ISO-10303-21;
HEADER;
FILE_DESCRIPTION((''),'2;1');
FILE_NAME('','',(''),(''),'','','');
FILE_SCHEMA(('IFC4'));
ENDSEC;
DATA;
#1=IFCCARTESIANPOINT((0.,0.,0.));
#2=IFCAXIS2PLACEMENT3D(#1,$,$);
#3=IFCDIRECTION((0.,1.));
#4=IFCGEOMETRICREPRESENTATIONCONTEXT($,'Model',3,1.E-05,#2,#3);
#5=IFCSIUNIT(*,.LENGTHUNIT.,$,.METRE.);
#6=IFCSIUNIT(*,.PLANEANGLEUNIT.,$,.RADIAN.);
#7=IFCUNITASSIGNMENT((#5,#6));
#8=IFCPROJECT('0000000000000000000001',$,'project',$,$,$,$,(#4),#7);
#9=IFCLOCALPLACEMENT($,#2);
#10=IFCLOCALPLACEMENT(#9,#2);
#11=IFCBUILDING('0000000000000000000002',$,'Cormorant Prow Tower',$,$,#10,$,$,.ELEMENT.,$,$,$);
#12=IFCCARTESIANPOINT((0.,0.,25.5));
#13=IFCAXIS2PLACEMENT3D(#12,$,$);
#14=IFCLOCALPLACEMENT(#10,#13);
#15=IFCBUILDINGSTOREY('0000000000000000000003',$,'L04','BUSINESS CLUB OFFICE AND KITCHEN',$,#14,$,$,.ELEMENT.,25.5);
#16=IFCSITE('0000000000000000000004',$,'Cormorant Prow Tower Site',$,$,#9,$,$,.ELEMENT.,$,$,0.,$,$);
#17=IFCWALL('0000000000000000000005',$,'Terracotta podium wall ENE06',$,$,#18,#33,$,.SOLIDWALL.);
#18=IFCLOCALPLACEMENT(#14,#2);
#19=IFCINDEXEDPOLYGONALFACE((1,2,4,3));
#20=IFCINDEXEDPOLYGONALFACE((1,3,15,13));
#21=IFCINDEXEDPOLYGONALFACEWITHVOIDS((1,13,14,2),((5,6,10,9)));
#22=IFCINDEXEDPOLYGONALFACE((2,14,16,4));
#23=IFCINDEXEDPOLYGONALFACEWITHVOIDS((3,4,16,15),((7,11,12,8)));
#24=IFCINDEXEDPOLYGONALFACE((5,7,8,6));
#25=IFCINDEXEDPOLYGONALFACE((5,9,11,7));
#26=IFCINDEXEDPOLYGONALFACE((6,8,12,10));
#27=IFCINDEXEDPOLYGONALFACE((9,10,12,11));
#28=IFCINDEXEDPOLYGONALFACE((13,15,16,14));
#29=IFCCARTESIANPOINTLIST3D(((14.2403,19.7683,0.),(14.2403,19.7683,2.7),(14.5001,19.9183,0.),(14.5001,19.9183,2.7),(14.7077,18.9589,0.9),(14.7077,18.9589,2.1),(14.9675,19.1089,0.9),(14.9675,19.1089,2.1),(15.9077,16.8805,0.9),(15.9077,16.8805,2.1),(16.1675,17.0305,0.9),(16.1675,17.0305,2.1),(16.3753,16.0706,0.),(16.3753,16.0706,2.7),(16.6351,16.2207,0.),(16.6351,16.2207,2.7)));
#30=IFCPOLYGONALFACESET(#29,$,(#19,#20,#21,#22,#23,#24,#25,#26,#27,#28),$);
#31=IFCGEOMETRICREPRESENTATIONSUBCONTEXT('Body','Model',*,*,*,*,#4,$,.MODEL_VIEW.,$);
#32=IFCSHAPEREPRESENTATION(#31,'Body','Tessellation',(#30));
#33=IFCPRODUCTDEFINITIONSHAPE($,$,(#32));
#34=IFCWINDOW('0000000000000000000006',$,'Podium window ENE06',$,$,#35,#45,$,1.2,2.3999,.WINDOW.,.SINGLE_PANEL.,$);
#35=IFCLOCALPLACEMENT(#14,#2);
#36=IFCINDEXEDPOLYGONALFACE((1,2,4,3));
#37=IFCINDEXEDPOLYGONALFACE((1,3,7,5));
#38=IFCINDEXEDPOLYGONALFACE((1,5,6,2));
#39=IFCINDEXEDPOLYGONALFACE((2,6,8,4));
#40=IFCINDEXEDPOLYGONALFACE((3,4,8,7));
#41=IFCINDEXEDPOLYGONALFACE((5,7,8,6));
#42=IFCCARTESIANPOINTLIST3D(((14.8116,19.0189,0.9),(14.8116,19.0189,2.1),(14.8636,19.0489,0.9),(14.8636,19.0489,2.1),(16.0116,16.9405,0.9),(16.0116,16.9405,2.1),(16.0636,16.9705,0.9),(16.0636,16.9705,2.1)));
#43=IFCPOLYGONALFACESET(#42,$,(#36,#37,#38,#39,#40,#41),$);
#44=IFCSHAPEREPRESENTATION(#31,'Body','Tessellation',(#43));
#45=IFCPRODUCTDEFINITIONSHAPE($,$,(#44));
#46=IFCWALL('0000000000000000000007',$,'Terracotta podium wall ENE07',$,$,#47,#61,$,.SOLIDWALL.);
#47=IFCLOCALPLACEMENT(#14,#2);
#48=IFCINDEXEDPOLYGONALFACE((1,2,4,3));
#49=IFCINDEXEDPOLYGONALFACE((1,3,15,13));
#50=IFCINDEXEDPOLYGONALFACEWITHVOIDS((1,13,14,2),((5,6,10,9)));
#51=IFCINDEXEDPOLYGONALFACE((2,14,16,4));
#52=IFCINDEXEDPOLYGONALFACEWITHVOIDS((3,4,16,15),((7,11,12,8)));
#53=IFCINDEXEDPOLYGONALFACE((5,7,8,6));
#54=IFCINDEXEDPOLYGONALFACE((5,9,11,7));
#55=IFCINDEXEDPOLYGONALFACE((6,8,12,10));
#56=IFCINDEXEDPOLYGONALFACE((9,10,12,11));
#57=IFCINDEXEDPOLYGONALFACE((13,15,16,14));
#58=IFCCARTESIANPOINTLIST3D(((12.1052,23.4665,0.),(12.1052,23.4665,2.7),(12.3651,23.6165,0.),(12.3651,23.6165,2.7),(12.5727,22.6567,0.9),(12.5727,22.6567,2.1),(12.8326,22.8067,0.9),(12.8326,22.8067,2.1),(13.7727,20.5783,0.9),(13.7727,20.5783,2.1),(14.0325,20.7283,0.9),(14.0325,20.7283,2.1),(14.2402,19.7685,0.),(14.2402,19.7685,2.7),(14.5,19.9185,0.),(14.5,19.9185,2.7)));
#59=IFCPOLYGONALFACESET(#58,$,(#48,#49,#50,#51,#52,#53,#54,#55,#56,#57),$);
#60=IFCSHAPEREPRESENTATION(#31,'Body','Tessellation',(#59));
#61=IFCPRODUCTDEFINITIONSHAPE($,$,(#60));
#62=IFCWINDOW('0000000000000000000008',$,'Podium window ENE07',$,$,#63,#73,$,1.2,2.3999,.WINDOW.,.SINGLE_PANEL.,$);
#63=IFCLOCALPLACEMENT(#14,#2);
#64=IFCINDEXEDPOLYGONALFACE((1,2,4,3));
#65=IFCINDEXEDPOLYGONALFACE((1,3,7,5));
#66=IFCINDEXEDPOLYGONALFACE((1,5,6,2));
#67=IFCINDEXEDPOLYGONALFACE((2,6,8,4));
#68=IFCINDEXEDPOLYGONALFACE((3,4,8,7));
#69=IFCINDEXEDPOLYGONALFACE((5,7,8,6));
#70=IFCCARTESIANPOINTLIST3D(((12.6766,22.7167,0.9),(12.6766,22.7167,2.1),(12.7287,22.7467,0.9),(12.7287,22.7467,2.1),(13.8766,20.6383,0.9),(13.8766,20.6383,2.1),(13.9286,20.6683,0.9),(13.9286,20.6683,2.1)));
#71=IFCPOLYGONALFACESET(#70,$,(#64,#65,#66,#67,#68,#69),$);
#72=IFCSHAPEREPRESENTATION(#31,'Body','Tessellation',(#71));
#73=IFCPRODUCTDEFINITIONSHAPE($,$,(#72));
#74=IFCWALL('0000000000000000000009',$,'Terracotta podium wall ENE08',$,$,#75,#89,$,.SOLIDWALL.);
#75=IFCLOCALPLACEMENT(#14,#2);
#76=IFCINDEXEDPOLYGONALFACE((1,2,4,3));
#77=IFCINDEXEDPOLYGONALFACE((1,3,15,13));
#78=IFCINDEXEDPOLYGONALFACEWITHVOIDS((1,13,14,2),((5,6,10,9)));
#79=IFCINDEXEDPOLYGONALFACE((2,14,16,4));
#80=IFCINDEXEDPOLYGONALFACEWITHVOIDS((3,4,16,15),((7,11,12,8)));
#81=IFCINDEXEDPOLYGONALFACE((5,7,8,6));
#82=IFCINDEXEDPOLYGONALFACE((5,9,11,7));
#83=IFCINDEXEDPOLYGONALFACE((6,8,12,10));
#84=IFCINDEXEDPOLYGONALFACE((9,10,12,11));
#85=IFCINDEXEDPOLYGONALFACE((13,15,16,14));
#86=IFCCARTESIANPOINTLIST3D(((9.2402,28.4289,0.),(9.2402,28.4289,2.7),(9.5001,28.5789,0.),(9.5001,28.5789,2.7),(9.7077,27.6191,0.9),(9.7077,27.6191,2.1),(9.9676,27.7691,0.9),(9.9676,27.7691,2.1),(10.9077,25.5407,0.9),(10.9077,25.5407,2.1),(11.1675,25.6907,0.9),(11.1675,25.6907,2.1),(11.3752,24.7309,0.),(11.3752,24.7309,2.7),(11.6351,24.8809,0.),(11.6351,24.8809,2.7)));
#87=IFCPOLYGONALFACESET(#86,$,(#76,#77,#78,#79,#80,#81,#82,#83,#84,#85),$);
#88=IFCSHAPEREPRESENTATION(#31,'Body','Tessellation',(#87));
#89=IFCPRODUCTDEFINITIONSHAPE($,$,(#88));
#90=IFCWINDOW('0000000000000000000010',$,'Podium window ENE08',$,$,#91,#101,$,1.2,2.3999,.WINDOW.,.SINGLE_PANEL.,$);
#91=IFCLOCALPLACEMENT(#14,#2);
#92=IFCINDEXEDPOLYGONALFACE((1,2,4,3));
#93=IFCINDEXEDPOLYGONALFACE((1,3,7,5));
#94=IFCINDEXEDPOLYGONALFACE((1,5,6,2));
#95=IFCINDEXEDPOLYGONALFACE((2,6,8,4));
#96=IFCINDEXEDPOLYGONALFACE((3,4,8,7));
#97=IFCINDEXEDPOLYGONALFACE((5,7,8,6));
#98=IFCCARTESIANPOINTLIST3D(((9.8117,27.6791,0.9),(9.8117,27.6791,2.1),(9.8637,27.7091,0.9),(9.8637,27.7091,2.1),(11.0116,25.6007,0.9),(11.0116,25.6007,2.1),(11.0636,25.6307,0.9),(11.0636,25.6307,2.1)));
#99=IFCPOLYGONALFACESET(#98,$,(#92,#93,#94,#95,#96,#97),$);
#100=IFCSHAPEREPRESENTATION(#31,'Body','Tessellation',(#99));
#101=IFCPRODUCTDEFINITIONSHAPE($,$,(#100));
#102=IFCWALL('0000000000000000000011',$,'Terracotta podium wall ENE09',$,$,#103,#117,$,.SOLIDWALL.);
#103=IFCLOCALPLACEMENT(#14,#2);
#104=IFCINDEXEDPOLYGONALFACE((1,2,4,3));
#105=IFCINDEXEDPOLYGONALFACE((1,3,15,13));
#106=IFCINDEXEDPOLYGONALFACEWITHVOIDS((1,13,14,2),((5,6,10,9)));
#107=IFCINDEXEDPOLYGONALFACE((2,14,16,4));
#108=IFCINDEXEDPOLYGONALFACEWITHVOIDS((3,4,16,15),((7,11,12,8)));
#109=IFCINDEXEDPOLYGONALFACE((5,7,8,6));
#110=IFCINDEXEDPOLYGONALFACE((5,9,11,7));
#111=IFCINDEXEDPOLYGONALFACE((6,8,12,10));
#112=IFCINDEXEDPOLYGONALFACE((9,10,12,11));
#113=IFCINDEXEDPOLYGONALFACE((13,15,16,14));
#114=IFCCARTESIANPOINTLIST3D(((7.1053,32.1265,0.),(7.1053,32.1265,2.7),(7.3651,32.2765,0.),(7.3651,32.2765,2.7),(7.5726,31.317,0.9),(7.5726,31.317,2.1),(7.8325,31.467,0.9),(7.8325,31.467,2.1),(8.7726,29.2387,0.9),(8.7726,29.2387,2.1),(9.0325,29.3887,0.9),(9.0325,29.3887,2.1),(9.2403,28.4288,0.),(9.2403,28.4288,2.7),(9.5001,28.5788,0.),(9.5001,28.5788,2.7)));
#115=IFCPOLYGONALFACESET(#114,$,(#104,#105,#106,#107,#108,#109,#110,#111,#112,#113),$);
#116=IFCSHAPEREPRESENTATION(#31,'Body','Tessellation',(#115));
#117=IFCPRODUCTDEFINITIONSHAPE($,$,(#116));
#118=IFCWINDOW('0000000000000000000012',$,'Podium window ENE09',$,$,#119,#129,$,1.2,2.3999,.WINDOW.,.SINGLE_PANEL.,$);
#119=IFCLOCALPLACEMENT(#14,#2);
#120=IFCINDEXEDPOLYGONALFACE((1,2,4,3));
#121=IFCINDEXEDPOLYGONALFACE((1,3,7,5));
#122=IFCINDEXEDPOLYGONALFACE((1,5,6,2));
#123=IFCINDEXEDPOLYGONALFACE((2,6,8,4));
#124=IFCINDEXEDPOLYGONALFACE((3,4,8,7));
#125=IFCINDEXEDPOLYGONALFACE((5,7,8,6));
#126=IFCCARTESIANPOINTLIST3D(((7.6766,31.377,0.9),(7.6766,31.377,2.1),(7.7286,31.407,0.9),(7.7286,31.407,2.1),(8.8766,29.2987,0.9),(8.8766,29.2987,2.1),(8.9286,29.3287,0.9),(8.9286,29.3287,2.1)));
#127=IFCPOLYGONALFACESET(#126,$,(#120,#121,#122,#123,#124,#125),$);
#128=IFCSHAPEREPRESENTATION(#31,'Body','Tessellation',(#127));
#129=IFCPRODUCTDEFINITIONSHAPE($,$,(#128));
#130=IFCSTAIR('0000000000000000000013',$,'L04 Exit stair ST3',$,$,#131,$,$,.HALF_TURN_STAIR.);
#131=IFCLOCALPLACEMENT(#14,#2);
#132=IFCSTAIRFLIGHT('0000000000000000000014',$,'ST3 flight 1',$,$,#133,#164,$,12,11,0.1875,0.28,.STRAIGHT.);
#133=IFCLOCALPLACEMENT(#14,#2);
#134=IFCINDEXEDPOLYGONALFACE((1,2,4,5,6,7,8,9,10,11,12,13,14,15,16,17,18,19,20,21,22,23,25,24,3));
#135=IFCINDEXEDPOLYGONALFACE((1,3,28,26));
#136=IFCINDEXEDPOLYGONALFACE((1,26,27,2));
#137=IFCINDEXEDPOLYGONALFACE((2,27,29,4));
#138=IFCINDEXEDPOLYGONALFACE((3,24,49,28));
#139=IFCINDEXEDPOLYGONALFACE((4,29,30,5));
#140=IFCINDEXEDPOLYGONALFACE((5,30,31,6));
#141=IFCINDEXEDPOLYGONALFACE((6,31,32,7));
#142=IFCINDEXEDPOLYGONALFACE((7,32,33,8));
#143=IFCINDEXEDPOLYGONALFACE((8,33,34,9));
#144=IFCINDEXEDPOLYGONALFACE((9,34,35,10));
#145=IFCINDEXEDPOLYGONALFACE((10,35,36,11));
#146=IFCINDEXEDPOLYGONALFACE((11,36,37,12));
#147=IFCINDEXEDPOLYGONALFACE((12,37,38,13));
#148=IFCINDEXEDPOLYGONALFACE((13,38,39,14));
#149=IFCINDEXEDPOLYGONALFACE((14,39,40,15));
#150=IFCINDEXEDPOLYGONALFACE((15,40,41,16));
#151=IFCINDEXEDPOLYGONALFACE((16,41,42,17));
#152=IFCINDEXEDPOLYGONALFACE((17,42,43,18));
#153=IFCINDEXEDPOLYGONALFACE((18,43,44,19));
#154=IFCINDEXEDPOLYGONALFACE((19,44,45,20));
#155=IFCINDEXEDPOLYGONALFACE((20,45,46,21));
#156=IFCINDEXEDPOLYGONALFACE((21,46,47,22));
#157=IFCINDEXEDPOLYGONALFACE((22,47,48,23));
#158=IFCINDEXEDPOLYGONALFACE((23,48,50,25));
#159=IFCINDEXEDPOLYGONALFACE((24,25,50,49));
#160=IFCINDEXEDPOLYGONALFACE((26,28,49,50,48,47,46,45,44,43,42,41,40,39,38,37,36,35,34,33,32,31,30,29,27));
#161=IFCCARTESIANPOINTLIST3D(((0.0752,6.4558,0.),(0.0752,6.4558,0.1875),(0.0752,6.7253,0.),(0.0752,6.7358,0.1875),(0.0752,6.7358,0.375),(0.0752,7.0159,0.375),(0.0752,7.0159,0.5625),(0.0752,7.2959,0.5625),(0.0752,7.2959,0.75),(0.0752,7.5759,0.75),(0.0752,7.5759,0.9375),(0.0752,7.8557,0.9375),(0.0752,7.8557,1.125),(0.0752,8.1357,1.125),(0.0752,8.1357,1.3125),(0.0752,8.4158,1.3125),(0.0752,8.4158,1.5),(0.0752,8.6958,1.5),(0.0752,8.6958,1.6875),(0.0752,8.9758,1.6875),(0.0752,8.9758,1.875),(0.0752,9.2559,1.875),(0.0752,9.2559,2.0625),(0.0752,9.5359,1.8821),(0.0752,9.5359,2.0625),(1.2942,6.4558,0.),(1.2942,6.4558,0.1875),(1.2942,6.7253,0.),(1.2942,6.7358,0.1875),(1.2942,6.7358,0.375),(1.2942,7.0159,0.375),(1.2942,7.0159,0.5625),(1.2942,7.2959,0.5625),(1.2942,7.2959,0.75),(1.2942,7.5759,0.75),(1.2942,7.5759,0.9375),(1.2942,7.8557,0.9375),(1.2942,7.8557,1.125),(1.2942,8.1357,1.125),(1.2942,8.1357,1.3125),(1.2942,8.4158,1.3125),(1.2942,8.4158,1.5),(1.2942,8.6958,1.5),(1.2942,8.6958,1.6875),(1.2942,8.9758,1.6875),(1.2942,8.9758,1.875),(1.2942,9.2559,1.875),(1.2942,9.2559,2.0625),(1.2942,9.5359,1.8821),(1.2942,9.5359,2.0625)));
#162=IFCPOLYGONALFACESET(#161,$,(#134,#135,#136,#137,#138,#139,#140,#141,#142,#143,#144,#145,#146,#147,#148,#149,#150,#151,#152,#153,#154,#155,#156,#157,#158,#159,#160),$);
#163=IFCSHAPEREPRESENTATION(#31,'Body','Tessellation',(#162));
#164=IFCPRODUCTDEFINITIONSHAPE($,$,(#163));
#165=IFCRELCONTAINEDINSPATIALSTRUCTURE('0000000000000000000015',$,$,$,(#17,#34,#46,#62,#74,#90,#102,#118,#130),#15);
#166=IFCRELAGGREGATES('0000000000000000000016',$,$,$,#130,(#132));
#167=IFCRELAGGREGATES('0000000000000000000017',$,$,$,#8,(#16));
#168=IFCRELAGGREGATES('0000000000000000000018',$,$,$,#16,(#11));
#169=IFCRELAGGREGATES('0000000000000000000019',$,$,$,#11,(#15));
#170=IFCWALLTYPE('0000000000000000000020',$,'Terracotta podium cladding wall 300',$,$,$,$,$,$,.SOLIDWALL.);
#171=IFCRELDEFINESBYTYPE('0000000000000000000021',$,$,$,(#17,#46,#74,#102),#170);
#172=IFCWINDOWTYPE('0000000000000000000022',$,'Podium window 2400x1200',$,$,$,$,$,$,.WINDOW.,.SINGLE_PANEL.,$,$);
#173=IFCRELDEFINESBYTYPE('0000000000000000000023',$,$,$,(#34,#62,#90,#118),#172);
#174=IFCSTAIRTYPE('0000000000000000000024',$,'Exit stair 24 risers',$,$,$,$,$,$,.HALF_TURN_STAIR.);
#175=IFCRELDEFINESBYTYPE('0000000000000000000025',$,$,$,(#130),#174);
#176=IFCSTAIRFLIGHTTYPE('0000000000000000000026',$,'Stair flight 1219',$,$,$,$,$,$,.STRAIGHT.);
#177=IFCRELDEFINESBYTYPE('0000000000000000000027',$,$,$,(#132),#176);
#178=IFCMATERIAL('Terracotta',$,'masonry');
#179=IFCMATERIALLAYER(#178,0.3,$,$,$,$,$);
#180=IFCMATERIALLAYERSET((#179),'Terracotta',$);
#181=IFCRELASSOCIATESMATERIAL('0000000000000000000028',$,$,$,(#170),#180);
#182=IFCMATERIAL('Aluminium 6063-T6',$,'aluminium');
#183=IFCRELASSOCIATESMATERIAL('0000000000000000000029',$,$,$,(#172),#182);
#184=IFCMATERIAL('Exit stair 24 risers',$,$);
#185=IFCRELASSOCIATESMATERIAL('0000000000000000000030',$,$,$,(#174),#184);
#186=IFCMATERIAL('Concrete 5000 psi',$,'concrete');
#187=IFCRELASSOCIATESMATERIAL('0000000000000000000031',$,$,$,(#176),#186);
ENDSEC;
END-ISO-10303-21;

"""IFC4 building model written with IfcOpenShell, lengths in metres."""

from ifc_helpers import new_model, si_unit, direction, frame, frame_2d, origin, place, context, subcontext, project, spatial, polyline, rectangle, outline, extrude, material, layer, layer_set, type_object, element, fill, aggregate, save


model = new_model("IFC4")

# Units and contexts
model_context = context("Model", 3, precision=1e-05, world=origin(), true_north=direction((0.0, 1.0)))
body_context = subcontext(model_context, "Body", "Model", "MODEL_VIEW")
ifc_project = project(units=[si_unit("LENGTHUNIT", "METRE"), si_unit("PLANEANGLEUNIT", "RADIAN")], contexts=[model_context])

# Site, building, storey
site_placement = place(None, origin())
site = spatial("IfcSite", under=ifc_project, at=site_placement, Name="Cormorant Prow Tower Site", CompositionType="ELEMENT", RefElevation=0.0)
building_placement = place(site_placement, origin())
building = spatial("IfcBuilding", under=site, at=building_placement, Name="Cormorant Prow Tower", CompositionType="ELEMENT")
storey_placement = place(building_placement, frame((0.0, 0.0, 25.5)))
storey = spatial("IfcBuildingStorey", under=building, at=storey_placement, Name="L04", Description="BUSINESS CLUB OFFICE AND KITCHEN", CompositionType="ELEMENT", Elevation=25.5)

# Walls, openings, windows
ifc_material_1 = material(Name="Terracotta", Category="masonry")
ifc_layer_1 = layer(ifc_material_1, 0.3)
ifc_layer_set_1 = layer_set([ifc_layer_1], Name="Terracotta")
wall_type_1 = type_object("IfcWallType", Name="Terracotta podium cladding wall 300", PredefinedType="SOLIDWALL", material=ifc_layer_set_1)
ifc_material_2 = material(Name="Aluminium 6063-T6", Category="aluminium")
window_type = type_object("IfcWindowType", Name="Podium window 2400x1200", PartitioningType="SINGLE_PANEL", PredefinedType="WINDOW", material=ifc_material_2)
wall_1_placement = place(storey_placement, frame((16.5051, 16.1458, 0.0), z_axis=(0.0, 0.0, 1.0), x_axis=(-0.500019, 0.866014, 0.0)))
wall_1 = element("IfcWall", 1, at=wall_1_placement, inside=storey, type_object=wall_type_1, Name="Terracotta podium wall ENE06", PredefinedType="SOLIDWALL", context=body_context, shape_type="SweptSolid", body=[
    extrude(rectangle(XDim=4.2698, YDim=0.3, at=frame_2d((2.1348, 0.0))), origin(), (0.0, 0.0, 1.0), 2.7),
])
opening_1_placement = place(wall_1_placement, frame((0.9351, 0.0, 0.8999)))
opening_1 = element("IfcOpeningElement", 2, at=opening_1_placement, cuts=wall_1, PredefinedType="OPENING", context=body_context, shape_type="SweptSolid", body=[
    extrude(rectangle(XDim=2.3999, YDim=1.2, at=frame_2d((1.2, 0.6001))), frame((0.0, 0.1599, 0.0), z_axis=(0.0, -1.0, 0.0), x_axis=(1.0, 0.0, 0.0)), (0.0, 0.0, 1.0), 0.3201),
])
window_1_placement = place(opening_1_placement, origin())
window_1 = element("IfcWindow", 3, at=window_1_placement, inside=storey, type_object=window_type, Name="Podium window ENE06", OverallHeight=1.2, OverallWidth=2.3999, PartitioningType="SINGLE_PANEL", PredefinedType="WINDOW", context=body_context, shape_type="SweptSolid", body=[
    extrude(rectangle(XDim=2.3999, YDim=1.2, at=frame_2d((1.2, 0.6001))), frame((0.0, 0.03, 0.0), z_axis=(0.0, -1.0, 0.0), x_axis=(1.0, 0.0, 0.0)), (0.0, 0.0, 1.0), 0.0601),
])
fill(opening_1, window_1)
wall_2_placement = place(storey_placement, frame((14.3701, 19.8435, 0.0), z_axis=(0.0, 0.0, 1.0), x_axis=(-0.499995, 0.866028, 0.0)))
wall_2 = element("IfcWall", 4, at=wall_2_placement, inside=storey, type_object=wall_type_1, Name="Terracotta podium wall ENE07", PredefinedType="SOLIDWALL", context=body_context, shape_type="SweptSolid", body=[
    extrude(rectangle(XDim=4.27, YDim=0.3, at=frame_2d((2.135, 0.0))), origin(), (0.0, 0.0, 1.0), 2.7),
])
opening_2_placement = place(wall_2_placement, frame((0.9351, 0.0, 0.8999)))
opening_2 = element("IfcOpeningElement", 5, at=opening_2_placement, cuts=wall_2, PredefinedType="OPENING", context=body_context, shape_type="SweptSolid", body=[
    extrude(rectangle(XDim=2.3999, YDim=1.2, at=frame_2d((1.2, 0.6001))), frame((0.0, 0.1599, 0.0), z_axis=(0.0, -1.0, 0.0), x_axis=(1.0, 0.0, 0.0)), (0.0, 0.0, 1.0), 0.3201),
])
window_2_placement = place(opening_2_placement, origin())
window_2 = element("IfcWindow", 6, at=window_2_placement, inside=storey, type_object=window_type, Name="Podium window ENE07", OverallHeight=1.2, OverallWidth=2.3999, PartitioningType="SINGLE_PANEL", PredefinedType="WINDOW", context=body_context, shape_type="SweptSolid", body=[
    extrude(rectangle(XDim=2.3999, YDim=1.2, at=frame_2d((1.2, 0.6001))), frame((0.0, 0.03, 0.0), z_axis=(0.0, -1.0, 0.0), x_axis=(1.0, 0.0, 0.0)), (0.0, 0.0, 1.0), 0.0601),
])
fill(opening_2, window_2)
wall_3_placement = place(storey_placement, frame((11.5051, 24.8059, 0.0), z_axis=(0.0, 0.0, 1.0), x_axis=(-0.499995, 0.866028, 0.0)))
wall_3 = element("IfcWall", 7, at=wall_3_placement, inside=storey, type_object=wall_type_1, Name="Terracotta podium wall ENE08", PredefinedType="SOLIDWALL", context=body_context, shape_type="SweptSolid", body=[
    extrude(rectangle(XDim=4.27, YDim=0.3, at=frame_2d((2.135, 0.0))), origin(), (0.0, 0.0, 1.0), 2.7),
])
opening_3_placement = place(wall_3_placement, frame((0.9351, 0.0, 0.8999)))
opening_3 = element("IfcOpeningElement", 8, at=opening_3_placement, cuts=wall_3, PredefinedType="OPENING", context=body_context, shape_type="SweptSolid", body=[
    extrude(rectangle(XDim=2.3999, YDim=1.2, at=frame_2d((1.2, 0.6001))), frame((0.0, 0.1599, 0.0), z_axis=(0.0, -1.0, 0.0), x_axis=(1.0, 0.0, 0.0)), (0.0, 0.0, 1.0), 0.3201),
])
window_3_placement = place(opening_3_placement, origin())
window_3 = element("IfcWindow", 9, at=window_3_placement, inside=storey, type_object=window_type, Name="Podium window ENE08", OverallHeight=1.2, OverallWidth=2.3999, PartitioningType="SINGLE_PANEL", PredefinedType="WINDOW", context=body_context, shape_type="SweptSolid", body=[
    extrude(rectangle(XDim=2.3999, YDim=1.2, at=frame_2d((1.2, 0.6001))), frame((0.0, 0.03, 0.0), z_axis=(0.0, -1.0, 0.0), x_axis=(1.0, 0.0, 0.0)), (0.0, 0.0, 1.0), 0.0601),
])
fill(opening_3, window_3)
wall_4_placement = place(storey_placement, frame((9.3701, 28.5039, 0.0), z_axis=(0.0, 0.0, 1.0), x_axis=(-0.500019, 0.866014, 0.0)))
wall_4 = element("IfcWall", 10, at=wall_4_placement, inside=storey, type_object=wall_type_1, Name="Terracotta podium wall ENE09", PredefinedType="SOLIDWALL", context=body_context, shape_type="SweptSolid", body=[
    extrude(rectangle(XDim=4.2698, YDim=0.3, at=frame_2d((2.1348, 0.0))), origin(), (0.0, 0.0, 1.0), 2.7),
])
opening_4_placement = place(wall_4_placement, frame((0.9351, 0.0, 0.8999)))
opening_4 = element("IfcOpeningElement", 11, at=opening_4_placement, cuts=wall_4, PredefinedType="OPENING", context=body_context, shape_type="SweptSolid", body=[
    extrude(rectangle(XDim=2.3999, YDim=1.2, at=frame_2d((1.2, 0.6001))), frame((0.0, 0.1599, 0.0), z_axis=(0.0, -1.0, 0.0), x_axis=(1.0, 0.0, 0.0)), (0.0, 0.0, 1.0), 0.3201),
])
window_4_placement = place(opening_4_placement, origin())
window_4 = element("IfcWindow", 12, at=window_4_placement, inside=storey, type_object=window_type, Name="Podium window ENE09", OverallHeight=1.2, OverallWidth=2.3999, PartitioningType="SINGLE_PANEL", PredefinedType="WINDOW", context=body_context, shape_type="SweptSolid", body=[
    extrude(rectangle(XDim=2.3999, YDim=1.2, at=frame_2d((1.2, 0.6001))), frame((0.0, 0.03, 0.0), z_axis=(0.0, -1.0, 0.0), x_axis=(1.0, 0.0, 0.0)), (0.0, 0.0, 1.0), 0.0601),
])
fill(opening_4, window_4)

# Stair, stair flight
ifc_material_3 = material(Name="Exit stair 24 risers")
stair_type = type_object("IfcStairType", Name="Exit stair 24 risers", PredefinedType="HALF_TURN_STAIR", material=ifc_material_3)
stair_placement = place(storey_placement, origin())
stair = element("IfcStair", 13, at=stair_placement, inside=storey, type_object=stair_type, Name="L04 Exit stair ST3", PredefinedType="HALF_TURN_STAIR")
ifc_material_4 = material(Name="Concrete 5000 psi", Category="concrete")
stair_flight_type = type_object("IfcStairFlightType", Name="Stair flight 1219", PredefinedType="STRAIGHT", material=ifc_material_4)
stair_flight_placement = place(storey_placement, frame((0.6846, 6.4558, 0.0), z_axis=(0.0, 0.0, 1.0), x_axis=(0.0, 1.0, 0.0)))
stair_flight = element("IfcStairFlight", 14, at=stair_flight_placement, type_object=stair_flight_type, Name="ST3 flight 1", NumberOfRisers=12, NumberOfTreads=11, PredefinedType="STRAIGHT", RiserHeight=0.1875, TreadLength=0.28, context=body_context, shape_type="SweptSolid", body=[
    extrude(outline(polyline([(0.0, 0.0), (0.0, 0.1875), (0.28, 0.1875), (0.28, 0.375), (0.5601, 0.375), (0.5601, 0.5625), (0.8401, 0.5625), (0.8401, 0.75), (1.1201, 0.75), (1.1201, 0.9375), (1.3999, 0.9375), (1.3999, 1.125), (1.6799, 1.125), (1.6799, 1.3125), (1.96, 1.3125), (1.96, 1.5), (2.24, 1.5), (2.24, 1.6875), (2.52, 1.6875), (2.52, 1.875), (2.8, 1.875), (2.8, 2.0625), (3.0801, 2.0625), (3.0801, 2.25), (3.0801, 1.8821), (0.2695, 0.0), (0.0, 0.0)])), frame((0.0, 0.6094, 0.0), z_axis=(0.0, -1.0, 0.0), x_axis=(1.0, 0.0, 0.0)), (0.0, 0.0, 1.0), 1.219),
])
aggregate(stair, [stair_flight])

save(model, "model.ifc")
